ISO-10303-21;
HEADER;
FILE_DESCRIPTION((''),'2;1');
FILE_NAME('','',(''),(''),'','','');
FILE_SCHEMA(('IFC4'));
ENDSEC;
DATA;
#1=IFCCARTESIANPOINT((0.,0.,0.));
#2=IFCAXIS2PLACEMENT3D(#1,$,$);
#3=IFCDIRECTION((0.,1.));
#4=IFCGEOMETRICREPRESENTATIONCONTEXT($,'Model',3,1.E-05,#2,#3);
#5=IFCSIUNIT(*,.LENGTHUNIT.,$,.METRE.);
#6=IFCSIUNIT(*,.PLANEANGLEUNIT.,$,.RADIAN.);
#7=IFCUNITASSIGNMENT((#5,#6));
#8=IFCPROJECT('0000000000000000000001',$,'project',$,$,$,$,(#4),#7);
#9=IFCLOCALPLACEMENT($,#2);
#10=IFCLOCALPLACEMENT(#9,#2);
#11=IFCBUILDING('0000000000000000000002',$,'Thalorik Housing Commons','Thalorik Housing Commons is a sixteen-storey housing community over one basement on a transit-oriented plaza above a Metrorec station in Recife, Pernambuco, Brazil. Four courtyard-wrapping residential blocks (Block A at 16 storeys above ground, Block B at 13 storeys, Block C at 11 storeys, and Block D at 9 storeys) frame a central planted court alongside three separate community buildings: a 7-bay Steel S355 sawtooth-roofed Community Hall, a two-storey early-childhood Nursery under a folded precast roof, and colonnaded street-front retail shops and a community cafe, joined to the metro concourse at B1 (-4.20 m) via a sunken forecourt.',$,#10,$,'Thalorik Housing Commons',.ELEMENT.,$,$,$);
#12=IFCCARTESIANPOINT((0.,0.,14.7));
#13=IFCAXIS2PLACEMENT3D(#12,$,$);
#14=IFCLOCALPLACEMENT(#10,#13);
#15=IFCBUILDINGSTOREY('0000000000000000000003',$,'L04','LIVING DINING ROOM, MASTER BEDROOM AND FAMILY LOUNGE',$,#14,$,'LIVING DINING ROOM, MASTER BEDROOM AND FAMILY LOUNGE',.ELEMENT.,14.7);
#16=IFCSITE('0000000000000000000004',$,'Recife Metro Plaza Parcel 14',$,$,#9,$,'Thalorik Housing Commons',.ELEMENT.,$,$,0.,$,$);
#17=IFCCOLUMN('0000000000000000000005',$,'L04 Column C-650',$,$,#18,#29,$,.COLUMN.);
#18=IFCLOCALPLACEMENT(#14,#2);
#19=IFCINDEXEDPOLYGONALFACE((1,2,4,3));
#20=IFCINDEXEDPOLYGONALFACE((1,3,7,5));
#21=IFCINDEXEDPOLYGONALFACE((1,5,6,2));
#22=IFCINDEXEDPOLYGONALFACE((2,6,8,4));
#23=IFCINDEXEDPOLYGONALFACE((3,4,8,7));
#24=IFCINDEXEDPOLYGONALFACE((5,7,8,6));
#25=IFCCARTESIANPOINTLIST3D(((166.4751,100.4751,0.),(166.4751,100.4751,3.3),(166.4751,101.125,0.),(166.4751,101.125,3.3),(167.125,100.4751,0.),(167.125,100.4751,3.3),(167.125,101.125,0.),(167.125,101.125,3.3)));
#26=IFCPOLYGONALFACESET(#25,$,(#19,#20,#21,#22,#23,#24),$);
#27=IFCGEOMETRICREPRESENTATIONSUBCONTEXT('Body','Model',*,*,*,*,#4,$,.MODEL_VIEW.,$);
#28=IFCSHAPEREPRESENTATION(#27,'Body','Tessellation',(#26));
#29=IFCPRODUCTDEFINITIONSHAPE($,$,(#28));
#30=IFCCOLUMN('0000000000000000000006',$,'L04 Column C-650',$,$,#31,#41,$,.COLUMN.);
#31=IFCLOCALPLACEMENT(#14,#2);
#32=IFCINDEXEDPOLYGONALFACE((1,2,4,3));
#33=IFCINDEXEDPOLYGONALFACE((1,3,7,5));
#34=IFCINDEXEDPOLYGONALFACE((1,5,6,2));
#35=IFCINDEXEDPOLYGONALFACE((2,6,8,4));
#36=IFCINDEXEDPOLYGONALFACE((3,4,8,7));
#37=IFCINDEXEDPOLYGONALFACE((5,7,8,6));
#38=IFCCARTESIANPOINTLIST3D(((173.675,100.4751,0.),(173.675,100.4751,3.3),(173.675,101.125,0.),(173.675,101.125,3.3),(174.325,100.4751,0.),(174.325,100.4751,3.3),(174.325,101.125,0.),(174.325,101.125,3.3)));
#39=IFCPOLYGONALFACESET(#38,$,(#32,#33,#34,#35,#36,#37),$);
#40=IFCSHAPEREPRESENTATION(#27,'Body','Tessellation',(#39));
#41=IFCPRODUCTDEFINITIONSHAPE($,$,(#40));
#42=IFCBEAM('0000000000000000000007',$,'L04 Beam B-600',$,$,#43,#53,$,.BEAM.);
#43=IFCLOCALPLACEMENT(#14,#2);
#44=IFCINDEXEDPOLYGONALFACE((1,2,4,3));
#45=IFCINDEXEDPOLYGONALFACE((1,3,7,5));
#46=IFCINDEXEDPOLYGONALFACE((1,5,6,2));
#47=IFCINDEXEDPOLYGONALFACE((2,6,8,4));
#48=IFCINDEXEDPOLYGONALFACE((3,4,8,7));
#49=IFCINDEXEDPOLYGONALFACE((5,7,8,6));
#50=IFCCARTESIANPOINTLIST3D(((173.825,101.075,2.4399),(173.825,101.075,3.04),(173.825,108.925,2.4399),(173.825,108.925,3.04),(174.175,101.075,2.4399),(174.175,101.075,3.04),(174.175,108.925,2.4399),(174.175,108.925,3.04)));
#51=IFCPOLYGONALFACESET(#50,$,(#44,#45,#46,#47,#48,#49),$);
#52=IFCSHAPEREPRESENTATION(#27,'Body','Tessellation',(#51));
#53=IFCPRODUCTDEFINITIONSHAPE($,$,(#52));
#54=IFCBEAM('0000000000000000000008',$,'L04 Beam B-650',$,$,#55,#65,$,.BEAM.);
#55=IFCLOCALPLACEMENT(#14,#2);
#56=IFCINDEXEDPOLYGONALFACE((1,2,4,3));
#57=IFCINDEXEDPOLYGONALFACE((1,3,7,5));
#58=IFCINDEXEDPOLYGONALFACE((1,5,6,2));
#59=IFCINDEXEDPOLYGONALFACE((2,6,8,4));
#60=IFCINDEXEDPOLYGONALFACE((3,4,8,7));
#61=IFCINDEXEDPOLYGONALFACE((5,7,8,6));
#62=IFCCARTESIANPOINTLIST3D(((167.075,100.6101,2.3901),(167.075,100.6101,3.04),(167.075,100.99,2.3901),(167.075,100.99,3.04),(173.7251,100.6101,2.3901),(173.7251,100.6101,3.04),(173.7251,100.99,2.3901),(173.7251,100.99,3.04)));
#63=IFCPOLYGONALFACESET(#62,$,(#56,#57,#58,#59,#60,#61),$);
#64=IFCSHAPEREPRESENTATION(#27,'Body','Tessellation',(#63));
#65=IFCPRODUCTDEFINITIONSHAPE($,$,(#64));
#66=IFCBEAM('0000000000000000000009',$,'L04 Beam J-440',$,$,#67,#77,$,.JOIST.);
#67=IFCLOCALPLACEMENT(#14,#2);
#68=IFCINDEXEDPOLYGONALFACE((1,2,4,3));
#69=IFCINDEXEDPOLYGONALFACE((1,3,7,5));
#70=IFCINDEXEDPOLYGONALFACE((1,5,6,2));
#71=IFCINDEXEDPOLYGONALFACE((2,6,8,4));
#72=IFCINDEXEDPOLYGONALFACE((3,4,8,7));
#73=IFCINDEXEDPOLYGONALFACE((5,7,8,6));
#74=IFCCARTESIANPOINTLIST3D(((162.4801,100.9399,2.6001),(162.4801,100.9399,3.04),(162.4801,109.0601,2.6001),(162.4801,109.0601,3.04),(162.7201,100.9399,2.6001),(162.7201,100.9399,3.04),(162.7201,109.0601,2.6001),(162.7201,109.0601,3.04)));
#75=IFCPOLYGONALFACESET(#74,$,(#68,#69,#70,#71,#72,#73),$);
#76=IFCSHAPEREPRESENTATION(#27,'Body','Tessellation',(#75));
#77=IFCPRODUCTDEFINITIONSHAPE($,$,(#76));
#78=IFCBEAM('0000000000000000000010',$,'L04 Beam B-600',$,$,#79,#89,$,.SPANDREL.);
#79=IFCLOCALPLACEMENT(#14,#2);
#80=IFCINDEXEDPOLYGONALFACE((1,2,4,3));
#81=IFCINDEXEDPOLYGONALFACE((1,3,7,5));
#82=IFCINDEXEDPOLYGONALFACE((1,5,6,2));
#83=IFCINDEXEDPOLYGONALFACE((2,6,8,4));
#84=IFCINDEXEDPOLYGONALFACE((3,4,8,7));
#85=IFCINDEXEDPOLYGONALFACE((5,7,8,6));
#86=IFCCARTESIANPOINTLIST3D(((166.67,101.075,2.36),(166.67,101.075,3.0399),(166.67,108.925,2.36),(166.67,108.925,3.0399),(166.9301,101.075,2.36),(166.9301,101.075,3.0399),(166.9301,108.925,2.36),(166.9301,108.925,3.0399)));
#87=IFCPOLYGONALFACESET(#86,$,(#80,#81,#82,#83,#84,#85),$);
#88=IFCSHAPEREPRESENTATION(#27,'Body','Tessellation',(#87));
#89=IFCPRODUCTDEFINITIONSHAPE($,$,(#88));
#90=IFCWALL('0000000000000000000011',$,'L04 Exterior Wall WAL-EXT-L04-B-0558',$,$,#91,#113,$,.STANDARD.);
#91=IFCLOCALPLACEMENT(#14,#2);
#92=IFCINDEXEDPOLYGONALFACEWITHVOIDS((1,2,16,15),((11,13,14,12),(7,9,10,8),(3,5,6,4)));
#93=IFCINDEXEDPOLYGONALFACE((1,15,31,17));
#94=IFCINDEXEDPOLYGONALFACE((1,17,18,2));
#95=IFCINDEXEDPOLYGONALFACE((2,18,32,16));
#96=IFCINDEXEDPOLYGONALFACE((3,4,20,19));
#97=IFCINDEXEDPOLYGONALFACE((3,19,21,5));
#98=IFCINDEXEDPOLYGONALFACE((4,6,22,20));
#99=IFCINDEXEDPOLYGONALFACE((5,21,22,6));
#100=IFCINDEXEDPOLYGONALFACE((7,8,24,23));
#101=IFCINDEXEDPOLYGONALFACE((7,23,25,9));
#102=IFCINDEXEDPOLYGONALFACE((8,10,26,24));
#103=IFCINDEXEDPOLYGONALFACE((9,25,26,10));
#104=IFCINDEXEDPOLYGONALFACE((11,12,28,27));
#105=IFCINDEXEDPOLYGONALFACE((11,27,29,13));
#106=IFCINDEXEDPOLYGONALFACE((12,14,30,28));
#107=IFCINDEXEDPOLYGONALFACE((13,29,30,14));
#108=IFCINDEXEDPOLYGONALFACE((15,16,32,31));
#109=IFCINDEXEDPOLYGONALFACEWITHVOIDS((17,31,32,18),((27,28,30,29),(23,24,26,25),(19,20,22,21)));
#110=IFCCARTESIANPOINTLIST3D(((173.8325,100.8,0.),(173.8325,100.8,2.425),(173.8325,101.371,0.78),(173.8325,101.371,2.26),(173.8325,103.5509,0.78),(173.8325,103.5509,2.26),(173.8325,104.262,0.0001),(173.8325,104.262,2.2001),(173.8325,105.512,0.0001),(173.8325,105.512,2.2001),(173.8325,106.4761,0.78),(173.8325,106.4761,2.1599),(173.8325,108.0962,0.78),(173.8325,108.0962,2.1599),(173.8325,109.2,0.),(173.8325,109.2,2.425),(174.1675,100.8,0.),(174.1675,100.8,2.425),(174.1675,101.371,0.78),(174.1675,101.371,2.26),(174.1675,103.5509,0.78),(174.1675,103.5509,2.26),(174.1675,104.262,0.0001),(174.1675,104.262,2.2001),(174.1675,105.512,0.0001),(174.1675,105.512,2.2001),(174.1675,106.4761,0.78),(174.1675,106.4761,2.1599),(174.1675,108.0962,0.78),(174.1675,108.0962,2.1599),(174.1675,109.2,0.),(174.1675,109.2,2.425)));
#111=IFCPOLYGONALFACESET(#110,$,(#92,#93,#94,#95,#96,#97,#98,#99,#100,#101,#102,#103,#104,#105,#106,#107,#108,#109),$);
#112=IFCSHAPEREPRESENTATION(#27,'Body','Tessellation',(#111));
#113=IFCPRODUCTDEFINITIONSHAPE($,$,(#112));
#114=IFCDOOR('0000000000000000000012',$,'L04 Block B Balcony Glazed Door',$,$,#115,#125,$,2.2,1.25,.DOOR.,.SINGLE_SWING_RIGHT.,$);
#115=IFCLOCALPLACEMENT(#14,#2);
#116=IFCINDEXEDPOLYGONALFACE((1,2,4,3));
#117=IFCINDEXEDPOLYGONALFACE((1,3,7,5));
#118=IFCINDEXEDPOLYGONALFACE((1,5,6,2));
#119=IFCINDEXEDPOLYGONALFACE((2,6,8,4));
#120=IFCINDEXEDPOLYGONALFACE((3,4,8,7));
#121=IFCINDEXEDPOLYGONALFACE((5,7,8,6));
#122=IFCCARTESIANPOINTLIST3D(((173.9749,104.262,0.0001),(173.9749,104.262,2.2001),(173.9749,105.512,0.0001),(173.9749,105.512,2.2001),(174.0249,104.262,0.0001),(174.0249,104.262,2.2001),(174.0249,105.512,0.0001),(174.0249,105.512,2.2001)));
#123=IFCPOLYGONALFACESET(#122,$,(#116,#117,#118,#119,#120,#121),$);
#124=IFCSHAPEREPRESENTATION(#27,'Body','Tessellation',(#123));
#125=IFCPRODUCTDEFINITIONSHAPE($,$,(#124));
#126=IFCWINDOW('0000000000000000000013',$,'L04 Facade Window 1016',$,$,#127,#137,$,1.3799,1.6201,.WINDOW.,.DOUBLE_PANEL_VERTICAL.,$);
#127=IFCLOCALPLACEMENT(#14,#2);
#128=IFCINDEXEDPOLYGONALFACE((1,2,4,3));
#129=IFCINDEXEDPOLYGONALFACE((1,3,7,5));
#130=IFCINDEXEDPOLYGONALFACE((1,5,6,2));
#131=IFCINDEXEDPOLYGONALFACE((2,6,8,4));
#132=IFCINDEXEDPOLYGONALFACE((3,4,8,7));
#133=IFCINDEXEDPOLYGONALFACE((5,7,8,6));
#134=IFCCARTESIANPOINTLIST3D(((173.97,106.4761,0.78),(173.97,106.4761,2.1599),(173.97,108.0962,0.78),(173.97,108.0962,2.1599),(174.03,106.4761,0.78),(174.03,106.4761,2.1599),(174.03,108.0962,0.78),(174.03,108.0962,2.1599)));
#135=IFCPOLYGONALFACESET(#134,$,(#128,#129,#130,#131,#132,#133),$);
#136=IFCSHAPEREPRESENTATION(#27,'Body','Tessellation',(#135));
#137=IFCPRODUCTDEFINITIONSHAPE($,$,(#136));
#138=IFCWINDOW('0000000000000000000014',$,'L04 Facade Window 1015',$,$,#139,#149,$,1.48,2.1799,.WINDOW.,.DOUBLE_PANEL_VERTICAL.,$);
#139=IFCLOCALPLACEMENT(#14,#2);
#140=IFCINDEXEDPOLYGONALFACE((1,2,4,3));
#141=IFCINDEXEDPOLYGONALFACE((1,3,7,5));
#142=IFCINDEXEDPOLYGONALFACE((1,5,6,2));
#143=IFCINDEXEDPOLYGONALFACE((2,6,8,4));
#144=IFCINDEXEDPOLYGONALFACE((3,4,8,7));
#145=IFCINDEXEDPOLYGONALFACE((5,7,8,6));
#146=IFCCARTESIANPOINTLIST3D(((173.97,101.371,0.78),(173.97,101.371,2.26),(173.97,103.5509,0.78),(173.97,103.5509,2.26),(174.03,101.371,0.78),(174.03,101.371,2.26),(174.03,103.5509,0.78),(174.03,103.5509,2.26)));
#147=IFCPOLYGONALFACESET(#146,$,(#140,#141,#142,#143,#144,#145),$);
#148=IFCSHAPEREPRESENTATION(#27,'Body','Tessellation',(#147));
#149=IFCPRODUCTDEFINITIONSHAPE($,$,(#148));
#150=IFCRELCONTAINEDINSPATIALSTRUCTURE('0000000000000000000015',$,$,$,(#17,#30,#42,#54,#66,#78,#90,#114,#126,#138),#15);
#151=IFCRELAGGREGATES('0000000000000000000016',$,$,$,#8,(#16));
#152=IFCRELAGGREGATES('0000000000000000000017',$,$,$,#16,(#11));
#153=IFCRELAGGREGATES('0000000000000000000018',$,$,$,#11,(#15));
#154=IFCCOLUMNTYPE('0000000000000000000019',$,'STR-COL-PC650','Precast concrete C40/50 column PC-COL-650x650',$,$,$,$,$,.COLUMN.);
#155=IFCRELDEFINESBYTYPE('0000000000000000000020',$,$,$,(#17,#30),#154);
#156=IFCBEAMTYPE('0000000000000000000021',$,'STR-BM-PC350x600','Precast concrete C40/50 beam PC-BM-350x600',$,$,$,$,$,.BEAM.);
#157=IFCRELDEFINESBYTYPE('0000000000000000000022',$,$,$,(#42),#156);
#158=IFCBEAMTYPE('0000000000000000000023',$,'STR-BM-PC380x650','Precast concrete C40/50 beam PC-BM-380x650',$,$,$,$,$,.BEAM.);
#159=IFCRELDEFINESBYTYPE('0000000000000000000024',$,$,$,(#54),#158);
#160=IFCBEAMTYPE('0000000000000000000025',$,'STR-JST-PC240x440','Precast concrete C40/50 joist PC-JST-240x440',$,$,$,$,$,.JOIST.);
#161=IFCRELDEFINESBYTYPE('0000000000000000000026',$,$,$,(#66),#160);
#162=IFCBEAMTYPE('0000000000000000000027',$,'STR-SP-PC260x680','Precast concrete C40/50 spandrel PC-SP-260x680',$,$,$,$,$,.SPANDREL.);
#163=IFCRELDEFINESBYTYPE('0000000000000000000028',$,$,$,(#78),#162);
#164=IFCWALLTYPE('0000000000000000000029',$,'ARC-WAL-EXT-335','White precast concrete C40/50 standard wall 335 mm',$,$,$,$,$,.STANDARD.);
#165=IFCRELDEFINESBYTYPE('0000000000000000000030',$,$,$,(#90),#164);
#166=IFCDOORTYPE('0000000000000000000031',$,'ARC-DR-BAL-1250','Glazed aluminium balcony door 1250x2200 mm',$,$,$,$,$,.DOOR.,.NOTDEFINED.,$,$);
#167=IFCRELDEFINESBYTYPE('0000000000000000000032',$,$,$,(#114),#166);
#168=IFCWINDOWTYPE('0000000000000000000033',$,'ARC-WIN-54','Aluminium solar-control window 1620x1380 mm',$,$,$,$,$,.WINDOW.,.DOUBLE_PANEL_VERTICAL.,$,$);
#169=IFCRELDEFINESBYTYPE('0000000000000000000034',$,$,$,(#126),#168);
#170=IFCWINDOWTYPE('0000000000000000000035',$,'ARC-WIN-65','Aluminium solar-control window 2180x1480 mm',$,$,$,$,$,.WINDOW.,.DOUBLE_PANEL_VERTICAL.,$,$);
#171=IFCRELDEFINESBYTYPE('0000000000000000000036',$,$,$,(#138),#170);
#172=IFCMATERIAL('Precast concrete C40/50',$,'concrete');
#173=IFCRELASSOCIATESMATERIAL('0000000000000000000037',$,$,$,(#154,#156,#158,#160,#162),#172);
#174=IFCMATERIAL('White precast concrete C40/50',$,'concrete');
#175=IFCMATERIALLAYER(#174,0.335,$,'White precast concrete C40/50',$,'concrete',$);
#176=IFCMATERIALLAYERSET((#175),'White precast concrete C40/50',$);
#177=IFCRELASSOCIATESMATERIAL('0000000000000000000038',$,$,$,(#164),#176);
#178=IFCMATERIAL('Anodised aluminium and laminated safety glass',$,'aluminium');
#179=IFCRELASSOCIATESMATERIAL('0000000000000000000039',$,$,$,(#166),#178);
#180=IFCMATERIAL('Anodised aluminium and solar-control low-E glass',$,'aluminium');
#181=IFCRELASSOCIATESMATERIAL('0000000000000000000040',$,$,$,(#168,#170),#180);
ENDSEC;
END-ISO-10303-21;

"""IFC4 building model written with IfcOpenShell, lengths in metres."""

from ifc_helpers import new_model, si_unit, direction, frame, frame_2d, origin, origin_2d, place, context, subcontext, project, spatial, rectangle, extrude, material, layer, layer_set, material_profile, profile_set, type_object, element, fill, save


model = new_model("IFC4")

# Units and contexts
model_context = context("Model", 3, precision=1e-05, world=origin(), true_north=direction((0.0, 1.0)))
body_context = subcontext(model_context, "Body", "Model", "MODEL_VIEW")
ifc_project = project(units=[si_unit("LENGTHUNIT", "METRE"), si_unit("PLANEANGLEUNIT", "RADIAN")], contexts=[model_context])

# Site, building, storey
site_placement = place(None, origin())
site = spatial("IfcSite", under=ifc_project, at=site_placement, Name="Recife Metro Plaza Parcel 14", LongName="Thalorik Housing Commons", CompositionType="ELEMENT", RefElevation=0.0)
building_placement = place(site_placement, origin())
building = spatial("IfcBuilding", under=site, at=building_placement, Name="Thalorik Housing Commons", Description="Thalorik Housing Commons is a sixteen-storey housing community over one basement on a transit-oriented plaza above a Metrorec station in Recife, Pernambuco, Brazil. Four courtyard-wrapping residential blocks (Block A at 16 storeys above ground, Block B at 13 storeys, Block C at 11 storeys, and Block D at 9 storeys) frame a central planted court alongside three separate community buildings: a 7-bay Steel S355 sawtooth-roofed Community Hall, a two-storey early-childhood Nursery under a folded precast roof, and colonnaded street-front retail shops and a community cafe, joined to the metro concourse at B1 (-4.20 m) via a sunken forecourt.", LongName="Thalorik Housing Commons", CompositionType="ELEMENT")
storey_placement = place(building_placement, frame((0.0, 0.0, 14.7)))
storey = spatial("IfcBuildingStorey", under=building, at=storey_placement, Name="L04", Description="LIVING DINING ROOM, MASTER BEDROOM AND FAMILY LOUNGE", LongName="LIVING DINING ROOM, MASTER BEDROOM AND FAMILY LOUNGE", CompositionType="ELEMENT", Elevation=14.7)

# Columns
ifc_material_1 = material(Name="Precast concrete C40/50", Category="concrete")
ifc_material_profile_1 = material_profile(ifc_material_1, rectangle(XDim=0.6499, YDim=0.6499, at=origin_2d()), Name="PC 650x650", Category="concrete")
ifc_profile_set_1 = profile_set([ifc_material_profile_1], Name="Precast concrete C40/50")
column_type = type_object("IfcColumnType", Name="STR-COL-PC650", Description="Precast concrete C40/50 column PC-COL-650x650", PredefinedType="COLUMN", material=ifc_profile_set_1)
for number, where, z_axis, x_axis, name in (
    (1, (166.8, 100.8, 0.0), (0.0, 0.0, 1.0), (1.0, 0.0, 0.0), "L04 Column C-650"),
    (2, (174.0, 100.8, 0.0), (0.0, 0.0, 1.0), (1.0, 0.0, 0.0), "L04 Column C-650"),
):
    element("IfcColumn", number, at=place(storey_placement, frame(where, z_axis=z_axis, x_axis=x_axis)), inside=storey, type_object=column_type, Name=name, PredefinedType="COLUMN", context=body_context, shape_type="SweptSolid", body=[
        extrude(rectangle(XDim=0.6499, YDim=0.6499, at=origin_2d()), origin(), (0.0, 0.0, 1.0), 3.3),
    ])

# Beams
ifc_material_profile_2 = material_profile(ifc_material_1, rectangle(XDim=0.3501, YDim=0.6001, at=origin_2d()), Name="PC 350x600", Category="concrete")
ifc_profile_set_2 = profile_set([ifc_material_profile_2], Name="Precast concrete C40/50")
beam_type_1 = type_object("IfcBeamType", Name="STR-BM-PC350x600", Description="Precast concrete C40/50 beam PC-BM-350x600", PredefinedType="BEAM", material=ifc_profile_set_2)
beam_1_placement = place(storey_placement, frame((174.0, 101.075, 2.74), z_axis=(0.0, 1.0, 0.0), x_axis=(-1.0, 0.0, 0.0)))
element("IfcBeam", 3, at=beam_1_placement, inside=storey, type_object=beam_type_1, Name="L04 Beam B-600", PredefinedType="BEAM", context=body_context, shape_type="SweptSolid", body=[
    extrude(rectangle(XDim=0.3501, YDim=0.6001, at=origin_2d()), origin(), (0.0, 0.0, 1.0), 7.8501),
])
ifc_material_profile_3 = material_profile(ifc_material_1, rectangle(XDim=0.3799, YDim=0.6499, at=origin_2d()), Name="PC 380x650", Category="concrete")
ifc_profile_set_3 = profile_set([ifc_material_profile_3], Name="Precast concrete C40/50")
beam_type_2 = type_object("IfcBeamType", Name="STR-BM-PC380x650", Description="Precast concrete C40/50 beam PC-BM-380x650", PredefinedType="BEAM", material=ifc_profile_set_3)
beam_2_placement = place(storey_placement, frame((167.075, 100.8, 2.7151), z_axis=(1.0, 0.0, 0.0), x_axis=(0.0, 1.0, 0.0)))
element("IfcBeam", 4, at=beam_2_placement, inside=storey, type_object=beam_type_2, Name="L04 Beam B-650", PredefinedType="BEAM", context=body_context, shape_type="SweptSolid", body=[
    extrude(rectangle(XDim=0.3799, YDim=0.6499, at=origin_2d()), origin(), (0.0, 0.0, 1.0), 6.6501),
])
ifc_material_profile_4 = material_profile(ifc_material_1, rectangle(XDim=0.24, YDim=0.4399, at=origin_2d()), Name="PC JST 240x440", Category="concrete")
ifc_profile_set_4 = profile_set([ifc_material_profile_4], Name="Precast concrete C40/50")
beam_type_3 = type_object("IfcBeamType", Name="STR-JST-PC240x440", Description="Precast concrete C40/50 joist PC-JST-240x440", PredefinedType="JOIST", material=ifc_profile_set_4)
beam_3_placement = place(storey_placement, frame((162.6001, 100.9399, 2.8201), z_axis=(0.0, 1.0, 0.0), x_axis=(-1.0, 0.0, 0.0)))
element("IfcBeam", 5, at=beam_3_placement, inside=storey, type_object=beam_type_3, Name="L04 Beam J-440", PredefinedType="JOIST", context=body_context, shape_type="SweptSolid", body=[
    extrude(rectangle(XDim=0.24, YDim=0.4399, at=origin_2d()), origin(), (0.0, 0.0, 1.0), 8.1201),
])
ifc_material_profile_5 = material_profile(ifc_material_1, rectangle(XDim=0.26, YDim=0.6799, at=origin_2d()), Name="PC SP 260x680", Category="concrete")
ifc_profile_set_5 = profile_set([ifc_material_profile_5], Name="Precast concrete C40/50")
beam_type_4 = type_object("IfcBeamType", Name="STR-SP-PC260x680", Description="Precast concrete C40/50 spandrel PC-SP-260x680", PredefinedType="SPANDREL", material=ifc_profile_set_5)
beam_4_placement = place(storey_placement, frame((166.8, 101.075, 2.7), z_axis=(0.0, 1.0, 0.0), x_axis=(-1.0, 0.0, 0.0)))
element("IfcBeam", 6, at=beam_4_placement, inside=storey, type_object=beam_type_4, Name="L04 Beam B-600", PredefinedType="SPANDREL", context=body_context, shape_type="SweptSolid", body=[
    extrude(rectangle(XDim=0.26, YDim=0.6799, at=origin_2d()), origin(), (0.0, 0.0, 1.0), 7.8501),
])

# Wall, openings, door, windows
ifc_material_2 = material(Name="White precast concrete C40/50", Category="concrete")
ifc_layer_1 = layer(ifc_material_2, 0.335, Name="White precast concrete C40/50", Category="concrete")
ifc_layer_set_1 = layer_set([ifc_layer_1], Name="White precast concrete C40/50")
wall_type_1 = type_object("IfcWallType", Name="ARC-WAL-EXT-335", Description="White precast concrete C40/50 standard wall 335 mm", PredefinedType="STANDARD", material=ifc_layer_set_1)
wall_1_placement = place(storey_placement, frame((174.0, 100.8, 0.0), z_axis=(0.0, 0.0, 1.0), x_axis=(0.0, 1.0, 0.0)))
wall_1 = element("IfcWall", 7, at=wall_1_placement, inside=storey, type_object=wall_type_1, Name="L04 Exterior Wall WAL-EXT-L04-B-0558", PredefinedType="STANDARD", context=body_context, shape_type="SweptSolid", body=[
    extrude(rectangle(XDim=8.3999, YDim=0.335, at=frame_2d((4.2, 0.0))), origin(), (0.0, 0.0, 1.0), 2.425),
])
opening_1_placement = place(wall_1_placement, frame((3.4619, 0.0, 0.0)))
opening_1 = element("IfcOpeningElement", 8, at=opening_1_placement, cuts=wall_1, PredefinedType="OPENING", context=body_context, shape_type="SweptSolid", body=[
    extrude(rectangle(XDim=1.25, YDim=2.2, at=frame_2d((0.625, 1.1001))), frame((0.0, 0.1775, 0.0), z_axis=(0.0, -1.0, 0.0), x_axis=(1.0, 0.0, 0.0)), (0.0, 0.0, 1.0), 0.355),
])
opening_2_placement = place(wall_1_placement, frame((0.571, 0.0, 0.78)))
opening_2 = element("IfcOpeningElement", 9, at=opening_2_placement, cuts=wall_1, PredefinedType="OPENING", context=body_context, shape_type="SweptSolid", body=[
    extrude(rectangle(XDim=2.1799, YDim=1.48, at=frame_2d((1.0898, 0.74))), frame((0.0, 0.1775, 0.0), z_axis=(0.0, -1.0, 0.0), x_axis=(1.0, 0.0, 0.0)), (0.0, 0.0, 1.0), 0.355),
])
opening_3_placement = place(wall_1_placement, frame((5.676, 0.0, 0.78)))
opening_3 = element("IfcOpeningElement", 10, at=opening_3_placement, cuts=wall_1, PredefinedType="OPENING", context=body_context, shape_type="SweptSolid", body=[
    extrude(rectangle(XDim=1.6201, YDim=1.3799, at=frame_2d((0.8101, 0.6899))), frame((0.0, 0.1775, 0.0), z_axis=(0.0, -1.0, 0.0), x_axis=(1.0, 0.0, 0.0)), (0.0, 0.0, 1.0), 0.355),
])
ifc_material_3 = material(Name="Anodised aluminium and laminated safety glass", Category="aluminium")
door_type_1 = type_object("IfcDoorType", Name="ARC-DR-BAL-1250", Description="Glazed aluminium balcony door 1250x2200 mm", OperationType="NOTDEFINED", PredefinedType="DOOR", material=ifc_material_3)
door_1_placement = place(opening_1_placement, frame((1.25, 0.0, 0.0), z_axis=(0.0, 0.0, 1.0), x_axis=(-1.0, 0.0, 0.0)))
door_1 = element("IfcDoor", 11, at=door_1_placement, inside=storey, type_object=door_type_1, Name="L04 Block B Balcony Glazed Door", OperationType="SINGLE_SWING_RIGHT", OverallHeight=2.2, OverallWidth=1.25, PredefinedType="DOOR", context=body_context, shape_type="SweptSolid", body=[
    extrude(rectangle(XDim=1.25, YDim=2.2, at=frame_2d((0.625, 1.1001))), frame((0.0, 0.0249, 0.0), z_axis=(0.0, -1.0, 0.0), x_axis=(1.0, 0.0, 0.0)), (0.0, 0.0, 1.0), 0.05),
])
fill(opening_1, door_1)
ifc_material_4 = material(Name="Anodised aluminium and solar-control low-E glass", Category="aluminium")
window_type_1 = type_object("IfcWindowType", Name="ARC-WIN-54", Description="Aluminium solar-control window 1620x1380 mm", PartitioningType="DOUBLE_PANEL_VERTICAL", PredefinedType="WINDOW", material=ifc_material_4)
window_1_placement = place(opening_3_placement, origin())
window_1 = element("IfcWindow", 12, at=window_1_placement, inside=storey, type_object=window_type_1, Name="L04 Facade Window 1016", OverallHeight=1.3799, OverallWidth=1.6201, PartitioningType="DOUBLE_PANEL_VERTICAL", PredefinedType="WINDOW", context=body_context, shape_type="SweptSolid", body=[
    extrude(rectangle(XDim=1.6201, YDim=1.3799, at=frame_2d((0.8101, 0.6899))), frame((0.0, 0.03, 0.0), z_axis=(0.0, -1.0, 0.0), x_axis=(1.0, 0.0, 0.0)), (0.0, 0.0, 1.0), 0.0601),
])
fill(opening_3, window_1)
window_type_2 = type_object("IfcWindowType", Name="ARC-WIN-65", Description="Aluminium solar-control window 2180x1480 mm", PartitioningType="DOUBLE_PANEL_VERTICAL", PredefinedType="WINDOW", material=ifc_material_4)
window_2_placement = place(opening_2_placement, origin())
window_2 = element("IfcWindow", 13, at=window_2_placement, inside=storey, type_object=window_type_2, Name="L04 Facade Window 1015", OverallHeight=1.48, OverallWidth=2.1799, PartitioningType="DOUBLE_PANEL_VERTICAL", PredefinedType="WINDOW", context=body_context, shape_type="SweptSolid", body=[
    extrude(rectangle(XDim=2.1799, YDim=1.48, at=frame_2d((1.0898, 0.74))), frame((0.0, 0.03, 0.0), z_axis=(0.0, -1.0, 0.0), x_axis=(1.0, 0.0, 0.0)), (0.0, 0.0, 1.0), 0.0601),
])
fill(opening_2, window_2)

save(model, "model.ifc")
